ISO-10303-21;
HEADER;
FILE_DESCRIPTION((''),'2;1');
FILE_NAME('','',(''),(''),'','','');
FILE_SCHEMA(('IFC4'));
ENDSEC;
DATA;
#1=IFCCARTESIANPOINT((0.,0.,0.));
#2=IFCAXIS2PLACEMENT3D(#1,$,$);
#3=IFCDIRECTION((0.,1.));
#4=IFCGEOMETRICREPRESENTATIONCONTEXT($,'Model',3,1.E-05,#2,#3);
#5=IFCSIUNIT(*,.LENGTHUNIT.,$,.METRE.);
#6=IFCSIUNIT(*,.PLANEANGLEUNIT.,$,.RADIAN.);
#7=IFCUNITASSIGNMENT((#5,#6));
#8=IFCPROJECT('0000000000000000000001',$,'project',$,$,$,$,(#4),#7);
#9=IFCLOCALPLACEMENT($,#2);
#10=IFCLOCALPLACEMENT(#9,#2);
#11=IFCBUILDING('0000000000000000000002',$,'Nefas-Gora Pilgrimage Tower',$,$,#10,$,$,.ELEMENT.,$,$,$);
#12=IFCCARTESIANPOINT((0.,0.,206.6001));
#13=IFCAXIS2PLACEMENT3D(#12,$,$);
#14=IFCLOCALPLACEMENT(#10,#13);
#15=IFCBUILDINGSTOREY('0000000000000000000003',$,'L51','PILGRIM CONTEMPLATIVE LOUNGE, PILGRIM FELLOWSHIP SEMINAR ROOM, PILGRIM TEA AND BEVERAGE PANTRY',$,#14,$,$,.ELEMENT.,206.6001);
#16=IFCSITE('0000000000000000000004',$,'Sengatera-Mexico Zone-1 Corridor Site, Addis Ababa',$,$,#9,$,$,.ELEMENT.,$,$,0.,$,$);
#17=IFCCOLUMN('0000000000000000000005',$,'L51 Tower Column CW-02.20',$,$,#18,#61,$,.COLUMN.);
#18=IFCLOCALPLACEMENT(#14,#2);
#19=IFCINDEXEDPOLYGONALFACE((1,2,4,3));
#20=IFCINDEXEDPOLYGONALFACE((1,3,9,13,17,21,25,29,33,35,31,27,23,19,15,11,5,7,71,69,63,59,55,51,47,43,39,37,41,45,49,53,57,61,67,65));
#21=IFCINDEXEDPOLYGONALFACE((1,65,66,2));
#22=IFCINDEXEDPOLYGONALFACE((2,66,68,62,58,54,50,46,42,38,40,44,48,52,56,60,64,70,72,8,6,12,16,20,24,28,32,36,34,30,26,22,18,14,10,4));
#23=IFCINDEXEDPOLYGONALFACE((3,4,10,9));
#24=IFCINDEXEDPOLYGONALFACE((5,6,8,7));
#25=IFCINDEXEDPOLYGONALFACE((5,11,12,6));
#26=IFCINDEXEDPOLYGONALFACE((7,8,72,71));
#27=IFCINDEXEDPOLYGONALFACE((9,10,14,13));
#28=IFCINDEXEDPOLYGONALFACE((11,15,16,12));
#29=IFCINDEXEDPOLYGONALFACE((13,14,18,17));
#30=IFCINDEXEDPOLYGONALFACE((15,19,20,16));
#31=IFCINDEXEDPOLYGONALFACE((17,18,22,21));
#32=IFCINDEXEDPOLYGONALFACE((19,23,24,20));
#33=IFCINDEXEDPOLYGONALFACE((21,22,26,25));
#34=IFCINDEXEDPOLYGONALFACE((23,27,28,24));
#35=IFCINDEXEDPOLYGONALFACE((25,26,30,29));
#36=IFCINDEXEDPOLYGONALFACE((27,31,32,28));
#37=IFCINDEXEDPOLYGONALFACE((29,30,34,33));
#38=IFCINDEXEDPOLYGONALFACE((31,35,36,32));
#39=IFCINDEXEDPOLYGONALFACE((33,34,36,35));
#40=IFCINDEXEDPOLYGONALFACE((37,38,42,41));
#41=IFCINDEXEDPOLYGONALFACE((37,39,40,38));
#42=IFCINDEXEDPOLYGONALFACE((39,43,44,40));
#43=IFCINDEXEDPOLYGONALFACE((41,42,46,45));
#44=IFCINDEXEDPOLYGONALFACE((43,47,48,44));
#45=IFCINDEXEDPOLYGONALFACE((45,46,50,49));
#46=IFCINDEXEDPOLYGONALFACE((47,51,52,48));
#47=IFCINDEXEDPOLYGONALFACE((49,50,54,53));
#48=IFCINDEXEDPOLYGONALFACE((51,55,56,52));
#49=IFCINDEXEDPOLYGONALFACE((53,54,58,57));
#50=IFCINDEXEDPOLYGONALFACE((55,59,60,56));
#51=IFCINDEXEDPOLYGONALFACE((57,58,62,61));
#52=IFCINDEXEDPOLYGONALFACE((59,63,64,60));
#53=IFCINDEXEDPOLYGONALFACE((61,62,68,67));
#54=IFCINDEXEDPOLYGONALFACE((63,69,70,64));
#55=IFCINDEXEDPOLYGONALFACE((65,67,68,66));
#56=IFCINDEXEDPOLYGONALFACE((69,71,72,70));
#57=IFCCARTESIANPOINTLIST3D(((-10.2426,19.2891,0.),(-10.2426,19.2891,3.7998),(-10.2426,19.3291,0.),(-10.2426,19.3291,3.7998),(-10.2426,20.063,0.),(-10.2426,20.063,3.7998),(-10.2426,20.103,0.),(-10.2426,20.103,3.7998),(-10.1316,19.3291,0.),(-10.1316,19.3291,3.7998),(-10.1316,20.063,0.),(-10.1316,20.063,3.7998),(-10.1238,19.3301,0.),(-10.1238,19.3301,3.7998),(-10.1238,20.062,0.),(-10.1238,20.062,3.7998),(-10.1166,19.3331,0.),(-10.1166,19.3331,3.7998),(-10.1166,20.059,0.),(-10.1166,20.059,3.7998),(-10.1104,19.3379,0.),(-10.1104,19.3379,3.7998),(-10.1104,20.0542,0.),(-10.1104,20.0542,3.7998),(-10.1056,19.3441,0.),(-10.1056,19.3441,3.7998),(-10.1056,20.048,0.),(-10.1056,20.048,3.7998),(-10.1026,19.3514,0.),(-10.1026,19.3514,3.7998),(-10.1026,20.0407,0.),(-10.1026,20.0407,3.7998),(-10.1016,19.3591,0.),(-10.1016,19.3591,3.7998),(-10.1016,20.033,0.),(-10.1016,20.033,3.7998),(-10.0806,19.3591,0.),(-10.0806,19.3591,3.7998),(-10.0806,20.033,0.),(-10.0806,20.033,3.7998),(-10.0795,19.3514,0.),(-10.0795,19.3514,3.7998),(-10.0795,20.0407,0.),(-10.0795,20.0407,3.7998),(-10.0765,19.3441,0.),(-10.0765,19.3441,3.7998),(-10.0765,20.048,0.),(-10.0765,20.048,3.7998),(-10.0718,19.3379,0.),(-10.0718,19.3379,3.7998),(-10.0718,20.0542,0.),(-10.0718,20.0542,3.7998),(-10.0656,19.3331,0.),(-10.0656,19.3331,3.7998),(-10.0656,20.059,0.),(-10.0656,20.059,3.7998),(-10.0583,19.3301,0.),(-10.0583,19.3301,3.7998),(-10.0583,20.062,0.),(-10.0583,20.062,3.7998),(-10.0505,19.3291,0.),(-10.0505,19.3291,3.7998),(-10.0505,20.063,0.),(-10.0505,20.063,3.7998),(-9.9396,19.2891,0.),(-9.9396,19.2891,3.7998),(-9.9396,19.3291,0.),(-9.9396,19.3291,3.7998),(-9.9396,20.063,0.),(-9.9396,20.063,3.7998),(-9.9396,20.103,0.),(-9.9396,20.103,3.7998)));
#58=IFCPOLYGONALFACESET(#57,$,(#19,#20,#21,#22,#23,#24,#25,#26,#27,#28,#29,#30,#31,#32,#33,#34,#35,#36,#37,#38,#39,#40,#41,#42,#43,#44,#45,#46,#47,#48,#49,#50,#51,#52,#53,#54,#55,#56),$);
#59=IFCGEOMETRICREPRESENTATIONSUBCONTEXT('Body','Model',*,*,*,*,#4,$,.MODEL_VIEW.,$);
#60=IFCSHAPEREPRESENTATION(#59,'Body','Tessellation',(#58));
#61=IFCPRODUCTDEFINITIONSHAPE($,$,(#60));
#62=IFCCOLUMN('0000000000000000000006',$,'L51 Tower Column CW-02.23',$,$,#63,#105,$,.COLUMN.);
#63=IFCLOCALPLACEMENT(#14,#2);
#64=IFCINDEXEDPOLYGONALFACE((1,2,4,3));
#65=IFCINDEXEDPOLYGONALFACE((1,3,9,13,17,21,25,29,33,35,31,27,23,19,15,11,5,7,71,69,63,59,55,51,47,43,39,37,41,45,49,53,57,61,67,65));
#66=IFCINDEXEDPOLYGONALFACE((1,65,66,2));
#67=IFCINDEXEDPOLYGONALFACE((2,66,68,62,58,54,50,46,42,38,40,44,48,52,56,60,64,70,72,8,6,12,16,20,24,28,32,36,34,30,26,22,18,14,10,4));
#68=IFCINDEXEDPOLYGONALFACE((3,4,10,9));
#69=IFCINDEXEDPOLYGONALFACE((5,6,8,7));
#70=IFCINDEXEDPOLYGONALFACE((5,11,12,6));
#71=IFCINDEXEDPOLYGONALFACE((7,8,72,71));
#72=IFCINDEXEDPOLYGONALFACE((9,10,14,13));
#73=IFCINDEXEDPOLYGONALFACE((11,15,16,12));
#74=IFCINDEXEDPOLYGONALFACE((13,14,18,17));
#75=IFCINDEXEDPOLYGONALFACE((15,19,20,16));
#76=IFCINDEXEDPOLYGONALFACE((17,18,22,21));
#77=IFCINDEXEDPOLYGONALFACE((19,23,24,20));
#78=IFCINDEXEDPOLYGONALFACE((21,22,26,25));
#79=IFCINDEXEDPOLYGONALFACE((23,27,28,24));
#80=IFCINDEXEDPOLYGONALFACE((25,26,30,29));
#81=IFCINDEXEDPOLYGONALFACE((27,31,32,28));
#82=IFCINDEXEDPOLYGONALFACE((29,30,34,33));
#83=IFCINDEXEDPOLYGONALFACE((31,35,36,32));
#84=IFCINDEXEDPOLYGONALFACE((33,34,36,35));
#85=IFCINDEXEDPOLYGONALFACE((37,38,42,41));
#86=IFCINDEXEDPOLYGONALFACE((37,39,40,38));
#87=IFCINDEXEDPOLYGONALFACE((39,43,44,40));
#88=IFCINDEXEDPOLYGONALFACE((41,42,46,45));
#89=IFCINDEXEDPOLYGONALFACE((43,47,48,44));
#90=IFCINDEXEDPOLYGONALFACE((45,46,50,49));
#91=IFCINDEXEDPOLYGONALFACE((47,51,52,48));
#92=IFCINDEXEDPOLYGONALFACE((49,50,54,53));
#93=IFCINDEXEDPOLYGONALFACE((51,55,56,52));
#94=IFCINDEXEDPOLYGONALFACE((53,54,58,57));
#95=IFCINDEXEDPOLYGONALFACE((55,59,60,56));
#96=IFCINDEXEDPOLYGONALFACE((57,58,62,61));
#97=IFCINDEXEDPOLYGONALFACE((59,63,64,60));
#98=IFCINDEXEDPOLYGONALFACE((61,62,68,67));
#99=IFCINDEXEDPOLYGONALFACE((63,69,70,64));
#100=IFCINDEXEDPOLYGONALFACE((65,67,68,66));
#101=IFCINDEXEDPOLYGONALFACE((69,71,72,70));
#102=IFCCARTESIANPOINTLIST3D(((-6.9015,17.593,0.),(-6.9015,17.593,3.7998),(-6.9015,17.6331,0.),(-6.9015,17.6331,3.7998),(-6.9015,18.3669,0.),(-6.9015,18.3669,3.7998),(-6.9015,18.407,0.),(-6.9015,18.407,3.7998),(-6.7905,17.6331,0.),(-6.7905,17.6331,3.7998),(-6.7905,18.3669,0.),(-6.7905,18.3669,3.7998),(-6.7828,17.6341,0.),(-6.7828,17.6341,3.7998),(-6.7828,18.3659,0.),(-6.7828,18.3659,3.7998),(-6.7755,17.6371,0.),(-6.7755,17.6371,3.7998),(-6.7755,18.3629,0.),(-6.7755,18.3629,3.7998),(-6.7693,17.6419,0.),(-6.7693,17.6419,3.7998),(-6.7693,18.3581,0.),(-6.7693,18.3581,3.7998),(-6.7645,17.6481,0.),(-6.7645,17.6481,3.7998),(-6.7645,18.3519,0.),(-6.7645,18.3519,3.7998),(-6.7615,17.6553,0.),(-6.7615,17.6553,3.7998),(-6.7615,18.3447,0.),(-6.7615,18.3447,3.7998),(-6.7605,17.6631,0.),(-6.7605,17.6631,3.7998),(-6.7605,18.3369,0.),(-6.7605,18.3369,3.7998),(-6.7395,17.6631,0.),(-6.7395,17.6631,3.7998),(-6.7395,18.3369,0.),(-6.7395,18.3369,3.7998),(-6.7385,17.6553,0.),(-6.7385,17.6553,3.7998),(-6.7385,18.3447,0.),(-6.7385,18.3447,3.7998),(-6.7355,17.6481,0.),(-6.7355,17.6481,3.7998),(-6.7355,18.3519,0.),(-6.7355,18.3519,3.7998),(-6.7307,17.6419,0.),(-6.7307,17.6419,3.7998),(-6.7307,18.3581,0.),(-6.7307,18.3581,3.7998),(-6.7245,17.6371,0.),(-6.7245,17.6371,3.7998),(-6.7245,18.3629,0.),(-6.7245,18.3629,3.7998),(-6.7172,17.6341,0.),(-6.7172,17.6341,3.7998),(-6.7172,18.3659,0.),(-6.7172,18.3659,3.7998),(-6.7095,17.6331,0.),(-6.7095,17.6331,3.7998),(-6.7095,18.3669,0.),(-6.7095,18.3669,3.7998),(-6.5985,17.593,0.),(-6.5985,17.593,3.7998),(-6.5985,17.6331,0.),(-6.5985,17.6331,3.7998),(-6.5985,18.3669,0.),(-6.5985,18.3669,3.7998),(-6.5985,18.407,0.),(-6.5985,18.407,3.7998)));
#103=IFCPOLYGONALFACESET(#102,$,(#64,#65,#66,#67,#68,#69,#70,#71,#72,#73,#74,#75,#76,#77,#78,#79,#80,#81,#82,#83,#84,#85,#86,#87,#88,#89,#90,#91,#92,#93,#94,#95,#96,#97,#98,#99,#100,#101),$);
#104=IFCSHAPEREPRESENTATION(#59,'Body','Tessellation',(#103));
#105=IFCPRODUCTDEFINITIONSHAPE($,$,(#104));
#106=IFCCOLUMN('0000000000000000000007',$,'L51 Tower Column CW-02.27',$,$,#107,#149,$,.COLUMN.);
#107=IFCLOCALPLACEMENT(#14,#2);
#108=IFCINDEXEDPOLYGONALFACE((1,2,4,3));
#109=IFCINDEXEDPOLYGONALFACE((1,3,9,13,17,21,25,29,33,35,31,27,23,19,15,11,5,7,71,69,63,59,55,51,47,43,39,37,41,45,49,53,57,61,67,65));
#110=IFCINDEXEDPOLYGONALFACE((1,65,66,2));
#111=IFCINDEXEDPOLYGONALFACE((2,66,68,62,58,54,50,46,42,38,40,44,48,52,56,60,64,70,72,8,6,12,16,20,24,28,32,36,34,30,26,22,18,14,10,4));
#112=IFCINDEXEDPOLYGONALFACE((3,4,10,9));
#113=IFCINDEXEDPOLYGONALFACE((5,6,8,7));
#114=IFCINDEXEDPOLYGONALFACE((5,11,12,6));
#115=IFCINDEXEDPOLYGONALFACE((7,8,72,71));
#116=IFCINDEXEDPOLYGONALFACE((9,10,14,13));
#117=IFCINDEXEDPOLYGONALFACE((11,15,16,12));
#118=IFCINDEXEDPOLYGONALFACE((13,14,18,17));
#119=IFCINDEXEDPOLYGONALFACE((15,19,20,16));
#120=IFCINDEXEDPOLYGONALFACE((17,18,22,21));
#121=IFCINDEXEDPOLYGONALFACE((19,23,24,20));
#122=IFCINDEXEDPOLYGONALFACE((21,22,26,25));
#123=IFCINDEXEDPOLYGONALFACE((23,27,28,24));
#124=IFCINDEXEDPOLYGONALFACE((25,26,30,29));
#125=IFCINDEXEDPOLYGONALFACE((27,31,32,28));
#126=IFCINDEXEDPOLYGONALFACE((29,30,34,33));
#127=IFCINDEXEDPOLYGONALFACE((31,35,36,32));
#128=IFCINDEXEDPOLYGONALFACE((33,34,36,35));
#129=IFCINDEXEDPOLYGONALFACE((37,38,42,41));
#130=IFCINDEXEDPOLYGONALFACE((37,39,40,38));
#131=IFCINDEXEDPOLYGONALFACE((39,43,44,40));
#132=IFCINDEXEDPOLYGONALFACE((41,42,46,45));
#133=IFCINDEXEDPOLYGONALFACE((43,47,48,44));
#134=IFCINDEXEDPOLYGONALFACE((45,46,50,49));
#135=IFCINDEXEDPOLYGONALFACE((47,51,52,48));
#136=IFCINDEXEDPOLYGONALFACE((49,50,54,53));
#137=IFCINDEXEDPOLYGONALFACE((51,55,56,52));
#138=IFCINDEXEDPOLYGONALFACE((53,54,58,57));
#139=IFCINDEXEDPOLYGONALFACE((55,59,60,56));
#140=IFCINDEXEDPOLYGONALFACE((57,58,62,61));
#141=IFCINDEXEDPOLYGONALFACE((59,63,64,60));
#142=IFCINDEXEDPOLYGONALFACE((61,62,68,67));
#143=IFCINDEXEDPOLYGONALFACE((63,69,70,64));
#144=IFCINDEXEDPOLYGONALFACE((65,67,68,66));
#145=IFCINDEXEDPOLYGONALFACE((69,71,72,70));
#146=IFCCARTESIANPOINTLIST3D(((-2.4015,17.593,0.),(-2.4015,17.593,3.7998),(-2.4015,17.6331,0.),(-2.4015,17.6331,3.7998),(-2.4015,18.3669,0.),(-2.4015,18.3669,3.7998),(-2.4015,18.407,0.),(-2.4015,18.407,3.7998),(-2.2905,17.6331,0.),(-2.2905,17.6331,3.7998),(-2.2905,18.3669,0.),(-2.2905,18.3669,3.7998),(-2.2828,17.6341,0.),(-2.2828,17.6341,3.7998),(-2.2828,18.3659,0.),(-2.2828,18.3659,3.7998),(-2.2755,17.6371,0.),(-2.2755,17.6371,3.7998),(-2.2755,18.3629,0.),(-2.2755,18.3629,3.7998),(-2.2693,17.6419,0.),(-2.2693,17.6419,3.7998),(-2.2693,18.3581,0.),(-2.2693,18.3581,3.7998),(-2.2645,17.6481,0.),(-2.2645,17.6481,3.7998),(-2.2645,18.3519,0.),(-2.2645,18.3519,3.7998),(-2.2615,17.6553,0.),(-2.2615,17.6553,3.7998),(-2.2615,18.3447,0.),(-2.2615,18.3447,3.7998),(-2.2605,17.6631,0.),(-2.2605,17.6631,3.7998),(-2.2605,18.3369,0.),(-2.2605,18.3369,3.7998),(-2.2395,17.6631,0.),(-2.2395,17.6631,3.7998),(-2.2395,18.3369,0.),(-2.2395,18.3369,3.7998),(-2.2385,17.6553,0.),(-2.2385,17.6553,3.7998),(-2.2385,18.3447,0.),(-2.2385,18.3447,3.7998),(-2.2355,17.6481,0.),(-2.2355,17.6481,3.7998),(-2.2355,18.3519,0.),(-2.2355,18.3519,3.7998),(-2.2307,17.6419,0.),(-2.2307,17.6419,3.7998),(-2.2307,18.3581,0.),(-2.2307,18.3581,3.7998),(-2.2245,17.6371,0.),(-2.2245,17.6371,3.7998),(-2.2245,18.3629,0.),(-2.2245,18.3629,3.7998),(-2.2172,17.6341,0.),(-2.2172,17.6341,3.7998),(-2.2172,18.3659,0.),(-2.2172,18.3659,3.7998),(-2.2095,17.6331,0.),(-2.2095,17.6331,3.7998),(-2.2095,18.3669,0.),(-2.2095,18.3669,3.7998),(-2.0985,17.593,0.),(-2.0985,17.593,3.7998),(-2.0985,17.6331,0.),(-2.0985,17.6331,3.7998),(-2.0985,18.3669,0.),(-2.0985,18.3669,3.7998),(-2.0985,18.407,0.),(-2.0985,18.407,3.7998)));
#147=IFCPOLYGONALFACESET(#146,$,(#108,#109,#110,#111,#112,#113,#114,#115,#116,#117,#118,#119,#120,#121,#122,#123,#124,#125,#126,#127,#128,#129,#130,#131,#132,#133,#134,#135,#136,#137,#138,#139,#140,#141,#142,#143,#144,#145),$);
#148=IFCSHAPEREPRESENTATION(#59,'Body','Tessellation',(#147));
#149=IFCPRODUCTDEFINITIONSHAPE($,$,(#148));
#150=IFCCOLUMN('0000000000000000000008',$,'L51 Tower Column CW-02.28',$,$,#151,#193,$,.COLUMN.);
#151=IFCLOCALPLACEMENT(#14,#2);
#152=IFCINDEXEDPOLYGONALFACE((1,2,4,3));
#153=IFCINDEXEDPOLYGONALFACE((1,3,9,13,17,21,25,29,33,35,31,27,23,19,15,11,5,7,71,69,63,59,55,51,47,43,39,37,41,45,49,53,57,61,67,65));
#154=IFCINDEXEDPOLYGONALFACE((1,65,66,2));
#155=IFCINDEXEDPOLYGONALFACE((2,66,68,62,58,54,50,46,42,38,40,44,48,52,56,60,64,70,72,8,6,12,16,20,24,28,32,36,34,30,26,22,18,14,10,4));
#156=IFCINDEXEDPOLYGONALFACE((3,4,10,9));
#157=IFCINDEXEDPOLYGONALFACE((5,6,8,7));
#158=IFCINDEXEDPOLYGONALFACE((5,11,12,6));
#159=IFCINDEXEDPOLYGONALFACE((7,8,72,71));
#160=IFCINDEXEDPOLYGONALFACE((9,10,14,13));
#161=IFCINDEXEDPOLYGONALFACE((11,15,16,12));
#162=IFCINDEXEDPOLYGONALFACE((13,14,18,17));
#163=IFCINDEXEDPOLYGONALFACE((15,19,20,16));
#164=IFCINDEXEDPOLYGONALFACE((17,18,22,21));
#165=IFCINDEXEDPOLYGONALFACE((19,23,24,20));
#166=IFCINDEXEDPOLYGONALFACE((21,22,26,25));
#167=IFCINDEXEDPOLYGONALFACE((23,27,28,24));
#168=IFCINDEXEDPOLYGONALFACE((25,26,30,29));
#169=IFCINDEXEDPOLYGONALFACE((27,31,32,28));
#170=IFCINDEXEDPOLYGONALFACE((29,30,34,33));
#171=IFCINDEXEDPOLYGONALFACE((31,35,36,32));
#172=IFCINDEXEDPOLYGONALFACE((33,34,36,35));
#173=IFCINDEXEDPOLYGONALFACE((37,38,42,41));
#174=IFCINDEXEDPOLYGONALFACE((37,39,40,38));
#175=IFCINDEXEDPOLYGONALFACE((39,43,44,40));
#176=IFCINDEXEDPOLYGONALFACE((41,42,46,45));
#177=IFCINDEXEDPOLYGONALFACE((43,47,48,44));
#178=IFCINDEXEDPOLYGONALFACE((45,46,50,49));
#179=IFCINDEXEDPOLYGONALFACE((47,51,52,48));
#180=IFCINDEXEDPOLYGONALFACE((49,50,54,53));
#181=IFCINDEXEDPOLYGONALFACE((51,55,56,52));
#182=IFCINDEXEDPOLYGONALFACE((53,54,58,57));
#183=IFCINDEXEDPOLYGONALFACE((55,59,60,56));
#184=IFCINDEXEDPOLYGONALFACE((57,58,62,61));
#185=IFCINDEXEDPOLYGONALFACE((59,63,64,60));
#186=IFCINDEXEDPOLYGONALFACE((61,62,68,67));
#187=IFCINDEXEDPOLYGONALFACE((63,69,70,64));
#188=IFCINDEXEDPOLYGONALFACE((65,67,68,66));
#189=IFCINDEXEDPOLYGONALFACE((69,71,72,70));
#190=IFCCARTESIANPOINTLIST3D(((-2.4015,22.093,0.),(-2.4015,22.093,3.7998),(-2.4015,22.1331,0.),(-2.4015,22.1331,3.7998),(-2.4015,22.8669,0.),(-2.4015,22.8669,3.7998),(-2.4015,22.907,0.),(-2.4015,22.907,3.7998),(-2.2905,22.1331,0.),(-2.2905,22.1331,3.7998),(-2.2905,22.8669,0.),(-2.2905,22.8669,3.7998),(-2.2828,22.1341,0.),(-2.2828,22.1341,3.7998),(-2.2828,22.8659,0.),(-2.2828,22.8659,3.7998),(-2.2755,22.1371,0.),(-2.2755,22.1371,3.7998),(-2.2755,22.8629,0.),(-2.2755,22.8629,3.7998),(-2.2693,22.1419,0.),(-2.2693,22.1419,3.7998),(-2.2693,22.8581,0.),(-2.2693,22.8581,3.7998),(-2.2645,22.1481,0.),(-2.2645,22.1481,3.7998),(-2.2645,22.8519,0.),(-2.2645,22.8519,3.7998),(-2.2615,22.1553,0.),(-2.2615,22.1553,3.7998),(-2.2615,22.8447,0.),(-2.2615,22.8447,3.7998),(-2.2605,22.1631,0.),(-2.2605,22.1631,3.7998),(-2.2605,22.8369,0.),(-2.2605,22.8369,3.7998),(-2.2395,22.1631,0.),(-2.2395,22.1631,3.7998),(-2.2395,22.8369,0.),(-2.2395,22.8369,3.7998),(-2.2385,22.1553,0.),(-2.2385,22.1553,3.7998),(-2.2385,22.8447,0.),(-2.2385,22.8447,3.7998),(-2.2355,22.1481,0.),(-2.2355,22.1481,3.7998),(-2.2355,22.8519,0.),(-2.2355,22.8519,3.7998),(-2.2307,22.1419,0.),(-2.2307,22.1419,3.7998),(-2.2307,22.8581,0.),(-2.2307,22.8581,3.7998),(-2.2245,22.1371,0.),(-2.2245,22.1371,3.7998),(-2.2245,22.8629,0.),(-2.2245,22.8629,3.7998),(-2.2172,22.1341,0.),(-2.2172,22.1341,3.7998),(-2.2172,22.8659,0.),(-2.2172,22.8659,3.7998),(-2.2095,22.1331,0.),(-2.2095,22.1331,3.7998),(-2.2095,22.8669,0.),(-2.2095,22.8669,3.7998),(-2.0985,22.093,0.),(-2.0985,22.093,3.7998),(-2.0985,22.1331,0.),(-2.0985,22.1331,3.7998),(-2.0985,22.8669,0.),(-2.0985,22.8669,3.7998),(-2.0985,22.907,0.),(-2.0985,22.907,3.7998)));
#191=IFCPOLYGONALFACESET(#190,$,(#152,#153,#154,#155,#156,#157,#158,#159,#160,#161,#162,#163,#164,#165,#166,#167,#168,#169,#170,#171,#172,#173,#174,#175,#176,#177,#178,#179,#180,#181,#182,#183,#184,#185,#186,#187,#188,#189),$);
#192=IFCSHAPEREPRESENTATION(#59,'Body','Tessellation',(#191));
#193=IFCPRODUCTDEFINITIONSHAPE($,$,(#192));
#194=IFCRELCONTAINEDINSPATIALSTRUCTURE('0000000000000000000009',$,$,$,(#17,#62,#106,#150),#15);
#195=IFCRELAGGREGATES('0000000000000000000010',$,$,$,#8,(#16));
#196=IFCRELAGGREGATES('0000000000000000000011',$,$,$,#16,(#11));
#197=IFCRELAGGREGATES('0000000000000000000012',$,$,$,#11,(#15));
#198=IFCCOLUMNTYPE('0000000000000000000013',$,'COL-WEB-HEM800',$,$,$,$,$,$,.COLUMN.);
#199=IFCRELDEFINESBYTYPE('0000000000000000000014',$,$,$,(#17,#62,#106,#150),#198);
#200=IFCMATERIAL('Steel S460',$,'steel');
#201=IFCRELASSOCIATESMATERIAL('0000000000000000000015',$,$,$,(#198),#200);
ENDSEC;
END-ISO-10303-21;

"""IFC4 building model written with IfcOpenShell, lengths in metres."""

from ifc_helpers import new_model, si_unit, direction, frame, origin, origin_2d, place, context, subcontext, project, spatial, i_section, extrude, source, transform, mapped, material, material_profile, profile_set, type_object, element, save


model = new_model("IFC4")

# Units and contexts
model_context = context("Model", 3, precision=1e-05, world=origin(), true_north=direction((0.0, 1.0)))
body_context = subcontext(model_context, "Body", "Model", "MODEL_VIEW")
ifc_project = project(units=[si_unit("LENGTHUNIT", "METRE"), si_unit("PLANEANGLEUNIT", "RADIAN")], contexts=[model_context])

# Site, building, storey
site_placement = place(None, origin())
site = spatial("IfcSite", under=ifc_project, at=site_placement, Name="Sengatera-Mexico Zone-1 Corridor Site, Addis Ababa", CompositionType="ELEMENT", RefElevation=0.0)
building_placement = place(site_placement, origin())
building = spatial("IfcBuilding", under=site, at=building_placement, Name="Nefas-Gora Pilgrimage Tower", CompositionType="ELEMENT")
storey_placement = place(building_placement, frame((0.0, 0.0, 206.6001)))
storey = spatial("IfcBuildingStorey", under=building, at=storey_placement, Name="L51", Description="PILGRIM CONTEMPLATIVE LOUNGE, PILGRIM FELLOWSHIP SEMINAR ROOM, PILGRIM TEA AND BEVERAGE PANTRY", CompositionType="ELEMENT", Elevation=206.6001)

# Columns
ifc_material_1 = material(Name="Steel S460", Category="steel")
ifc_material_profile_1 = material_profile(ifc_material_1, i_section(OverallWidth=0.303, OverallDepth=0.814, WebThickness=0.021, FlangeThickness=0.04, FilletRadius=0.03, at=origin_2d()), Name="HEM 800")
ifc_profile_set_1 = profile_set([ifc_material_profile_1], Name="Steel S460")
column_type_1 = type_object("IfcColumnType", Name="COL-WEB-HEM800", PredefinedType="COLUMN", material=ifc_profile_set_1)
shared_shape_1 = source(origin(), body_context, "Body", "SweptSolid", [
    extrude(i_section(OverallWidth=0.303, OverallDepth=0.814, WebThickness=0.021, FlangeThickness=0.04, FilletRadius=0.03, at=origin_2d()), origin(), (0.0, 0.0, 1.0), 3.7998),
])
for number, where, z_axis, x_axis, name in (
    (1, (-10.0911, 19.696, 0.0), (0.0, 0.0, 1.0), (1.0, 0.0, 0.0), "L51 Tower Column CW-02.20"),
    (2, (-6.75, 18.0, 0.0), (0.0, 0.0, 1.0), (1.0, 0.0, 0.0), "L51 Tower Column CW-02.23"),
    (3, (-2.25, 18.0, 0.0), (0.0, 0.0, 1.0), (1.0, 0.0, 0.0), "L51 Tower Column CW-02.27"),
    (4, (-2.25, 22.5, 0.0), (0.0, 0.0, 1.0), (1.0, 0.0, 0.0), "L51 Tower Column CW-02.28"),
):
    element("IfcColumn", number, at=place(storey_placement, frame(where, z_axis=z_axis, x_axis=x_axis)), inside=storey, type_object=column_type_1, Name=name, PredefinedType="COLUMN", context=body_context, shape_type="MappedRepresentation", body=[
        mapped(shared_shape_1, transform((0.0, 0.0, 0.0), x_axis=(1.0, 0.0, 0.0), y_axis=(0.0, 1.0, 0.0), z_axis=(0.0, 0.0, 1.0), scale=1.0)),
    ])

save(model, "model.ifc")
